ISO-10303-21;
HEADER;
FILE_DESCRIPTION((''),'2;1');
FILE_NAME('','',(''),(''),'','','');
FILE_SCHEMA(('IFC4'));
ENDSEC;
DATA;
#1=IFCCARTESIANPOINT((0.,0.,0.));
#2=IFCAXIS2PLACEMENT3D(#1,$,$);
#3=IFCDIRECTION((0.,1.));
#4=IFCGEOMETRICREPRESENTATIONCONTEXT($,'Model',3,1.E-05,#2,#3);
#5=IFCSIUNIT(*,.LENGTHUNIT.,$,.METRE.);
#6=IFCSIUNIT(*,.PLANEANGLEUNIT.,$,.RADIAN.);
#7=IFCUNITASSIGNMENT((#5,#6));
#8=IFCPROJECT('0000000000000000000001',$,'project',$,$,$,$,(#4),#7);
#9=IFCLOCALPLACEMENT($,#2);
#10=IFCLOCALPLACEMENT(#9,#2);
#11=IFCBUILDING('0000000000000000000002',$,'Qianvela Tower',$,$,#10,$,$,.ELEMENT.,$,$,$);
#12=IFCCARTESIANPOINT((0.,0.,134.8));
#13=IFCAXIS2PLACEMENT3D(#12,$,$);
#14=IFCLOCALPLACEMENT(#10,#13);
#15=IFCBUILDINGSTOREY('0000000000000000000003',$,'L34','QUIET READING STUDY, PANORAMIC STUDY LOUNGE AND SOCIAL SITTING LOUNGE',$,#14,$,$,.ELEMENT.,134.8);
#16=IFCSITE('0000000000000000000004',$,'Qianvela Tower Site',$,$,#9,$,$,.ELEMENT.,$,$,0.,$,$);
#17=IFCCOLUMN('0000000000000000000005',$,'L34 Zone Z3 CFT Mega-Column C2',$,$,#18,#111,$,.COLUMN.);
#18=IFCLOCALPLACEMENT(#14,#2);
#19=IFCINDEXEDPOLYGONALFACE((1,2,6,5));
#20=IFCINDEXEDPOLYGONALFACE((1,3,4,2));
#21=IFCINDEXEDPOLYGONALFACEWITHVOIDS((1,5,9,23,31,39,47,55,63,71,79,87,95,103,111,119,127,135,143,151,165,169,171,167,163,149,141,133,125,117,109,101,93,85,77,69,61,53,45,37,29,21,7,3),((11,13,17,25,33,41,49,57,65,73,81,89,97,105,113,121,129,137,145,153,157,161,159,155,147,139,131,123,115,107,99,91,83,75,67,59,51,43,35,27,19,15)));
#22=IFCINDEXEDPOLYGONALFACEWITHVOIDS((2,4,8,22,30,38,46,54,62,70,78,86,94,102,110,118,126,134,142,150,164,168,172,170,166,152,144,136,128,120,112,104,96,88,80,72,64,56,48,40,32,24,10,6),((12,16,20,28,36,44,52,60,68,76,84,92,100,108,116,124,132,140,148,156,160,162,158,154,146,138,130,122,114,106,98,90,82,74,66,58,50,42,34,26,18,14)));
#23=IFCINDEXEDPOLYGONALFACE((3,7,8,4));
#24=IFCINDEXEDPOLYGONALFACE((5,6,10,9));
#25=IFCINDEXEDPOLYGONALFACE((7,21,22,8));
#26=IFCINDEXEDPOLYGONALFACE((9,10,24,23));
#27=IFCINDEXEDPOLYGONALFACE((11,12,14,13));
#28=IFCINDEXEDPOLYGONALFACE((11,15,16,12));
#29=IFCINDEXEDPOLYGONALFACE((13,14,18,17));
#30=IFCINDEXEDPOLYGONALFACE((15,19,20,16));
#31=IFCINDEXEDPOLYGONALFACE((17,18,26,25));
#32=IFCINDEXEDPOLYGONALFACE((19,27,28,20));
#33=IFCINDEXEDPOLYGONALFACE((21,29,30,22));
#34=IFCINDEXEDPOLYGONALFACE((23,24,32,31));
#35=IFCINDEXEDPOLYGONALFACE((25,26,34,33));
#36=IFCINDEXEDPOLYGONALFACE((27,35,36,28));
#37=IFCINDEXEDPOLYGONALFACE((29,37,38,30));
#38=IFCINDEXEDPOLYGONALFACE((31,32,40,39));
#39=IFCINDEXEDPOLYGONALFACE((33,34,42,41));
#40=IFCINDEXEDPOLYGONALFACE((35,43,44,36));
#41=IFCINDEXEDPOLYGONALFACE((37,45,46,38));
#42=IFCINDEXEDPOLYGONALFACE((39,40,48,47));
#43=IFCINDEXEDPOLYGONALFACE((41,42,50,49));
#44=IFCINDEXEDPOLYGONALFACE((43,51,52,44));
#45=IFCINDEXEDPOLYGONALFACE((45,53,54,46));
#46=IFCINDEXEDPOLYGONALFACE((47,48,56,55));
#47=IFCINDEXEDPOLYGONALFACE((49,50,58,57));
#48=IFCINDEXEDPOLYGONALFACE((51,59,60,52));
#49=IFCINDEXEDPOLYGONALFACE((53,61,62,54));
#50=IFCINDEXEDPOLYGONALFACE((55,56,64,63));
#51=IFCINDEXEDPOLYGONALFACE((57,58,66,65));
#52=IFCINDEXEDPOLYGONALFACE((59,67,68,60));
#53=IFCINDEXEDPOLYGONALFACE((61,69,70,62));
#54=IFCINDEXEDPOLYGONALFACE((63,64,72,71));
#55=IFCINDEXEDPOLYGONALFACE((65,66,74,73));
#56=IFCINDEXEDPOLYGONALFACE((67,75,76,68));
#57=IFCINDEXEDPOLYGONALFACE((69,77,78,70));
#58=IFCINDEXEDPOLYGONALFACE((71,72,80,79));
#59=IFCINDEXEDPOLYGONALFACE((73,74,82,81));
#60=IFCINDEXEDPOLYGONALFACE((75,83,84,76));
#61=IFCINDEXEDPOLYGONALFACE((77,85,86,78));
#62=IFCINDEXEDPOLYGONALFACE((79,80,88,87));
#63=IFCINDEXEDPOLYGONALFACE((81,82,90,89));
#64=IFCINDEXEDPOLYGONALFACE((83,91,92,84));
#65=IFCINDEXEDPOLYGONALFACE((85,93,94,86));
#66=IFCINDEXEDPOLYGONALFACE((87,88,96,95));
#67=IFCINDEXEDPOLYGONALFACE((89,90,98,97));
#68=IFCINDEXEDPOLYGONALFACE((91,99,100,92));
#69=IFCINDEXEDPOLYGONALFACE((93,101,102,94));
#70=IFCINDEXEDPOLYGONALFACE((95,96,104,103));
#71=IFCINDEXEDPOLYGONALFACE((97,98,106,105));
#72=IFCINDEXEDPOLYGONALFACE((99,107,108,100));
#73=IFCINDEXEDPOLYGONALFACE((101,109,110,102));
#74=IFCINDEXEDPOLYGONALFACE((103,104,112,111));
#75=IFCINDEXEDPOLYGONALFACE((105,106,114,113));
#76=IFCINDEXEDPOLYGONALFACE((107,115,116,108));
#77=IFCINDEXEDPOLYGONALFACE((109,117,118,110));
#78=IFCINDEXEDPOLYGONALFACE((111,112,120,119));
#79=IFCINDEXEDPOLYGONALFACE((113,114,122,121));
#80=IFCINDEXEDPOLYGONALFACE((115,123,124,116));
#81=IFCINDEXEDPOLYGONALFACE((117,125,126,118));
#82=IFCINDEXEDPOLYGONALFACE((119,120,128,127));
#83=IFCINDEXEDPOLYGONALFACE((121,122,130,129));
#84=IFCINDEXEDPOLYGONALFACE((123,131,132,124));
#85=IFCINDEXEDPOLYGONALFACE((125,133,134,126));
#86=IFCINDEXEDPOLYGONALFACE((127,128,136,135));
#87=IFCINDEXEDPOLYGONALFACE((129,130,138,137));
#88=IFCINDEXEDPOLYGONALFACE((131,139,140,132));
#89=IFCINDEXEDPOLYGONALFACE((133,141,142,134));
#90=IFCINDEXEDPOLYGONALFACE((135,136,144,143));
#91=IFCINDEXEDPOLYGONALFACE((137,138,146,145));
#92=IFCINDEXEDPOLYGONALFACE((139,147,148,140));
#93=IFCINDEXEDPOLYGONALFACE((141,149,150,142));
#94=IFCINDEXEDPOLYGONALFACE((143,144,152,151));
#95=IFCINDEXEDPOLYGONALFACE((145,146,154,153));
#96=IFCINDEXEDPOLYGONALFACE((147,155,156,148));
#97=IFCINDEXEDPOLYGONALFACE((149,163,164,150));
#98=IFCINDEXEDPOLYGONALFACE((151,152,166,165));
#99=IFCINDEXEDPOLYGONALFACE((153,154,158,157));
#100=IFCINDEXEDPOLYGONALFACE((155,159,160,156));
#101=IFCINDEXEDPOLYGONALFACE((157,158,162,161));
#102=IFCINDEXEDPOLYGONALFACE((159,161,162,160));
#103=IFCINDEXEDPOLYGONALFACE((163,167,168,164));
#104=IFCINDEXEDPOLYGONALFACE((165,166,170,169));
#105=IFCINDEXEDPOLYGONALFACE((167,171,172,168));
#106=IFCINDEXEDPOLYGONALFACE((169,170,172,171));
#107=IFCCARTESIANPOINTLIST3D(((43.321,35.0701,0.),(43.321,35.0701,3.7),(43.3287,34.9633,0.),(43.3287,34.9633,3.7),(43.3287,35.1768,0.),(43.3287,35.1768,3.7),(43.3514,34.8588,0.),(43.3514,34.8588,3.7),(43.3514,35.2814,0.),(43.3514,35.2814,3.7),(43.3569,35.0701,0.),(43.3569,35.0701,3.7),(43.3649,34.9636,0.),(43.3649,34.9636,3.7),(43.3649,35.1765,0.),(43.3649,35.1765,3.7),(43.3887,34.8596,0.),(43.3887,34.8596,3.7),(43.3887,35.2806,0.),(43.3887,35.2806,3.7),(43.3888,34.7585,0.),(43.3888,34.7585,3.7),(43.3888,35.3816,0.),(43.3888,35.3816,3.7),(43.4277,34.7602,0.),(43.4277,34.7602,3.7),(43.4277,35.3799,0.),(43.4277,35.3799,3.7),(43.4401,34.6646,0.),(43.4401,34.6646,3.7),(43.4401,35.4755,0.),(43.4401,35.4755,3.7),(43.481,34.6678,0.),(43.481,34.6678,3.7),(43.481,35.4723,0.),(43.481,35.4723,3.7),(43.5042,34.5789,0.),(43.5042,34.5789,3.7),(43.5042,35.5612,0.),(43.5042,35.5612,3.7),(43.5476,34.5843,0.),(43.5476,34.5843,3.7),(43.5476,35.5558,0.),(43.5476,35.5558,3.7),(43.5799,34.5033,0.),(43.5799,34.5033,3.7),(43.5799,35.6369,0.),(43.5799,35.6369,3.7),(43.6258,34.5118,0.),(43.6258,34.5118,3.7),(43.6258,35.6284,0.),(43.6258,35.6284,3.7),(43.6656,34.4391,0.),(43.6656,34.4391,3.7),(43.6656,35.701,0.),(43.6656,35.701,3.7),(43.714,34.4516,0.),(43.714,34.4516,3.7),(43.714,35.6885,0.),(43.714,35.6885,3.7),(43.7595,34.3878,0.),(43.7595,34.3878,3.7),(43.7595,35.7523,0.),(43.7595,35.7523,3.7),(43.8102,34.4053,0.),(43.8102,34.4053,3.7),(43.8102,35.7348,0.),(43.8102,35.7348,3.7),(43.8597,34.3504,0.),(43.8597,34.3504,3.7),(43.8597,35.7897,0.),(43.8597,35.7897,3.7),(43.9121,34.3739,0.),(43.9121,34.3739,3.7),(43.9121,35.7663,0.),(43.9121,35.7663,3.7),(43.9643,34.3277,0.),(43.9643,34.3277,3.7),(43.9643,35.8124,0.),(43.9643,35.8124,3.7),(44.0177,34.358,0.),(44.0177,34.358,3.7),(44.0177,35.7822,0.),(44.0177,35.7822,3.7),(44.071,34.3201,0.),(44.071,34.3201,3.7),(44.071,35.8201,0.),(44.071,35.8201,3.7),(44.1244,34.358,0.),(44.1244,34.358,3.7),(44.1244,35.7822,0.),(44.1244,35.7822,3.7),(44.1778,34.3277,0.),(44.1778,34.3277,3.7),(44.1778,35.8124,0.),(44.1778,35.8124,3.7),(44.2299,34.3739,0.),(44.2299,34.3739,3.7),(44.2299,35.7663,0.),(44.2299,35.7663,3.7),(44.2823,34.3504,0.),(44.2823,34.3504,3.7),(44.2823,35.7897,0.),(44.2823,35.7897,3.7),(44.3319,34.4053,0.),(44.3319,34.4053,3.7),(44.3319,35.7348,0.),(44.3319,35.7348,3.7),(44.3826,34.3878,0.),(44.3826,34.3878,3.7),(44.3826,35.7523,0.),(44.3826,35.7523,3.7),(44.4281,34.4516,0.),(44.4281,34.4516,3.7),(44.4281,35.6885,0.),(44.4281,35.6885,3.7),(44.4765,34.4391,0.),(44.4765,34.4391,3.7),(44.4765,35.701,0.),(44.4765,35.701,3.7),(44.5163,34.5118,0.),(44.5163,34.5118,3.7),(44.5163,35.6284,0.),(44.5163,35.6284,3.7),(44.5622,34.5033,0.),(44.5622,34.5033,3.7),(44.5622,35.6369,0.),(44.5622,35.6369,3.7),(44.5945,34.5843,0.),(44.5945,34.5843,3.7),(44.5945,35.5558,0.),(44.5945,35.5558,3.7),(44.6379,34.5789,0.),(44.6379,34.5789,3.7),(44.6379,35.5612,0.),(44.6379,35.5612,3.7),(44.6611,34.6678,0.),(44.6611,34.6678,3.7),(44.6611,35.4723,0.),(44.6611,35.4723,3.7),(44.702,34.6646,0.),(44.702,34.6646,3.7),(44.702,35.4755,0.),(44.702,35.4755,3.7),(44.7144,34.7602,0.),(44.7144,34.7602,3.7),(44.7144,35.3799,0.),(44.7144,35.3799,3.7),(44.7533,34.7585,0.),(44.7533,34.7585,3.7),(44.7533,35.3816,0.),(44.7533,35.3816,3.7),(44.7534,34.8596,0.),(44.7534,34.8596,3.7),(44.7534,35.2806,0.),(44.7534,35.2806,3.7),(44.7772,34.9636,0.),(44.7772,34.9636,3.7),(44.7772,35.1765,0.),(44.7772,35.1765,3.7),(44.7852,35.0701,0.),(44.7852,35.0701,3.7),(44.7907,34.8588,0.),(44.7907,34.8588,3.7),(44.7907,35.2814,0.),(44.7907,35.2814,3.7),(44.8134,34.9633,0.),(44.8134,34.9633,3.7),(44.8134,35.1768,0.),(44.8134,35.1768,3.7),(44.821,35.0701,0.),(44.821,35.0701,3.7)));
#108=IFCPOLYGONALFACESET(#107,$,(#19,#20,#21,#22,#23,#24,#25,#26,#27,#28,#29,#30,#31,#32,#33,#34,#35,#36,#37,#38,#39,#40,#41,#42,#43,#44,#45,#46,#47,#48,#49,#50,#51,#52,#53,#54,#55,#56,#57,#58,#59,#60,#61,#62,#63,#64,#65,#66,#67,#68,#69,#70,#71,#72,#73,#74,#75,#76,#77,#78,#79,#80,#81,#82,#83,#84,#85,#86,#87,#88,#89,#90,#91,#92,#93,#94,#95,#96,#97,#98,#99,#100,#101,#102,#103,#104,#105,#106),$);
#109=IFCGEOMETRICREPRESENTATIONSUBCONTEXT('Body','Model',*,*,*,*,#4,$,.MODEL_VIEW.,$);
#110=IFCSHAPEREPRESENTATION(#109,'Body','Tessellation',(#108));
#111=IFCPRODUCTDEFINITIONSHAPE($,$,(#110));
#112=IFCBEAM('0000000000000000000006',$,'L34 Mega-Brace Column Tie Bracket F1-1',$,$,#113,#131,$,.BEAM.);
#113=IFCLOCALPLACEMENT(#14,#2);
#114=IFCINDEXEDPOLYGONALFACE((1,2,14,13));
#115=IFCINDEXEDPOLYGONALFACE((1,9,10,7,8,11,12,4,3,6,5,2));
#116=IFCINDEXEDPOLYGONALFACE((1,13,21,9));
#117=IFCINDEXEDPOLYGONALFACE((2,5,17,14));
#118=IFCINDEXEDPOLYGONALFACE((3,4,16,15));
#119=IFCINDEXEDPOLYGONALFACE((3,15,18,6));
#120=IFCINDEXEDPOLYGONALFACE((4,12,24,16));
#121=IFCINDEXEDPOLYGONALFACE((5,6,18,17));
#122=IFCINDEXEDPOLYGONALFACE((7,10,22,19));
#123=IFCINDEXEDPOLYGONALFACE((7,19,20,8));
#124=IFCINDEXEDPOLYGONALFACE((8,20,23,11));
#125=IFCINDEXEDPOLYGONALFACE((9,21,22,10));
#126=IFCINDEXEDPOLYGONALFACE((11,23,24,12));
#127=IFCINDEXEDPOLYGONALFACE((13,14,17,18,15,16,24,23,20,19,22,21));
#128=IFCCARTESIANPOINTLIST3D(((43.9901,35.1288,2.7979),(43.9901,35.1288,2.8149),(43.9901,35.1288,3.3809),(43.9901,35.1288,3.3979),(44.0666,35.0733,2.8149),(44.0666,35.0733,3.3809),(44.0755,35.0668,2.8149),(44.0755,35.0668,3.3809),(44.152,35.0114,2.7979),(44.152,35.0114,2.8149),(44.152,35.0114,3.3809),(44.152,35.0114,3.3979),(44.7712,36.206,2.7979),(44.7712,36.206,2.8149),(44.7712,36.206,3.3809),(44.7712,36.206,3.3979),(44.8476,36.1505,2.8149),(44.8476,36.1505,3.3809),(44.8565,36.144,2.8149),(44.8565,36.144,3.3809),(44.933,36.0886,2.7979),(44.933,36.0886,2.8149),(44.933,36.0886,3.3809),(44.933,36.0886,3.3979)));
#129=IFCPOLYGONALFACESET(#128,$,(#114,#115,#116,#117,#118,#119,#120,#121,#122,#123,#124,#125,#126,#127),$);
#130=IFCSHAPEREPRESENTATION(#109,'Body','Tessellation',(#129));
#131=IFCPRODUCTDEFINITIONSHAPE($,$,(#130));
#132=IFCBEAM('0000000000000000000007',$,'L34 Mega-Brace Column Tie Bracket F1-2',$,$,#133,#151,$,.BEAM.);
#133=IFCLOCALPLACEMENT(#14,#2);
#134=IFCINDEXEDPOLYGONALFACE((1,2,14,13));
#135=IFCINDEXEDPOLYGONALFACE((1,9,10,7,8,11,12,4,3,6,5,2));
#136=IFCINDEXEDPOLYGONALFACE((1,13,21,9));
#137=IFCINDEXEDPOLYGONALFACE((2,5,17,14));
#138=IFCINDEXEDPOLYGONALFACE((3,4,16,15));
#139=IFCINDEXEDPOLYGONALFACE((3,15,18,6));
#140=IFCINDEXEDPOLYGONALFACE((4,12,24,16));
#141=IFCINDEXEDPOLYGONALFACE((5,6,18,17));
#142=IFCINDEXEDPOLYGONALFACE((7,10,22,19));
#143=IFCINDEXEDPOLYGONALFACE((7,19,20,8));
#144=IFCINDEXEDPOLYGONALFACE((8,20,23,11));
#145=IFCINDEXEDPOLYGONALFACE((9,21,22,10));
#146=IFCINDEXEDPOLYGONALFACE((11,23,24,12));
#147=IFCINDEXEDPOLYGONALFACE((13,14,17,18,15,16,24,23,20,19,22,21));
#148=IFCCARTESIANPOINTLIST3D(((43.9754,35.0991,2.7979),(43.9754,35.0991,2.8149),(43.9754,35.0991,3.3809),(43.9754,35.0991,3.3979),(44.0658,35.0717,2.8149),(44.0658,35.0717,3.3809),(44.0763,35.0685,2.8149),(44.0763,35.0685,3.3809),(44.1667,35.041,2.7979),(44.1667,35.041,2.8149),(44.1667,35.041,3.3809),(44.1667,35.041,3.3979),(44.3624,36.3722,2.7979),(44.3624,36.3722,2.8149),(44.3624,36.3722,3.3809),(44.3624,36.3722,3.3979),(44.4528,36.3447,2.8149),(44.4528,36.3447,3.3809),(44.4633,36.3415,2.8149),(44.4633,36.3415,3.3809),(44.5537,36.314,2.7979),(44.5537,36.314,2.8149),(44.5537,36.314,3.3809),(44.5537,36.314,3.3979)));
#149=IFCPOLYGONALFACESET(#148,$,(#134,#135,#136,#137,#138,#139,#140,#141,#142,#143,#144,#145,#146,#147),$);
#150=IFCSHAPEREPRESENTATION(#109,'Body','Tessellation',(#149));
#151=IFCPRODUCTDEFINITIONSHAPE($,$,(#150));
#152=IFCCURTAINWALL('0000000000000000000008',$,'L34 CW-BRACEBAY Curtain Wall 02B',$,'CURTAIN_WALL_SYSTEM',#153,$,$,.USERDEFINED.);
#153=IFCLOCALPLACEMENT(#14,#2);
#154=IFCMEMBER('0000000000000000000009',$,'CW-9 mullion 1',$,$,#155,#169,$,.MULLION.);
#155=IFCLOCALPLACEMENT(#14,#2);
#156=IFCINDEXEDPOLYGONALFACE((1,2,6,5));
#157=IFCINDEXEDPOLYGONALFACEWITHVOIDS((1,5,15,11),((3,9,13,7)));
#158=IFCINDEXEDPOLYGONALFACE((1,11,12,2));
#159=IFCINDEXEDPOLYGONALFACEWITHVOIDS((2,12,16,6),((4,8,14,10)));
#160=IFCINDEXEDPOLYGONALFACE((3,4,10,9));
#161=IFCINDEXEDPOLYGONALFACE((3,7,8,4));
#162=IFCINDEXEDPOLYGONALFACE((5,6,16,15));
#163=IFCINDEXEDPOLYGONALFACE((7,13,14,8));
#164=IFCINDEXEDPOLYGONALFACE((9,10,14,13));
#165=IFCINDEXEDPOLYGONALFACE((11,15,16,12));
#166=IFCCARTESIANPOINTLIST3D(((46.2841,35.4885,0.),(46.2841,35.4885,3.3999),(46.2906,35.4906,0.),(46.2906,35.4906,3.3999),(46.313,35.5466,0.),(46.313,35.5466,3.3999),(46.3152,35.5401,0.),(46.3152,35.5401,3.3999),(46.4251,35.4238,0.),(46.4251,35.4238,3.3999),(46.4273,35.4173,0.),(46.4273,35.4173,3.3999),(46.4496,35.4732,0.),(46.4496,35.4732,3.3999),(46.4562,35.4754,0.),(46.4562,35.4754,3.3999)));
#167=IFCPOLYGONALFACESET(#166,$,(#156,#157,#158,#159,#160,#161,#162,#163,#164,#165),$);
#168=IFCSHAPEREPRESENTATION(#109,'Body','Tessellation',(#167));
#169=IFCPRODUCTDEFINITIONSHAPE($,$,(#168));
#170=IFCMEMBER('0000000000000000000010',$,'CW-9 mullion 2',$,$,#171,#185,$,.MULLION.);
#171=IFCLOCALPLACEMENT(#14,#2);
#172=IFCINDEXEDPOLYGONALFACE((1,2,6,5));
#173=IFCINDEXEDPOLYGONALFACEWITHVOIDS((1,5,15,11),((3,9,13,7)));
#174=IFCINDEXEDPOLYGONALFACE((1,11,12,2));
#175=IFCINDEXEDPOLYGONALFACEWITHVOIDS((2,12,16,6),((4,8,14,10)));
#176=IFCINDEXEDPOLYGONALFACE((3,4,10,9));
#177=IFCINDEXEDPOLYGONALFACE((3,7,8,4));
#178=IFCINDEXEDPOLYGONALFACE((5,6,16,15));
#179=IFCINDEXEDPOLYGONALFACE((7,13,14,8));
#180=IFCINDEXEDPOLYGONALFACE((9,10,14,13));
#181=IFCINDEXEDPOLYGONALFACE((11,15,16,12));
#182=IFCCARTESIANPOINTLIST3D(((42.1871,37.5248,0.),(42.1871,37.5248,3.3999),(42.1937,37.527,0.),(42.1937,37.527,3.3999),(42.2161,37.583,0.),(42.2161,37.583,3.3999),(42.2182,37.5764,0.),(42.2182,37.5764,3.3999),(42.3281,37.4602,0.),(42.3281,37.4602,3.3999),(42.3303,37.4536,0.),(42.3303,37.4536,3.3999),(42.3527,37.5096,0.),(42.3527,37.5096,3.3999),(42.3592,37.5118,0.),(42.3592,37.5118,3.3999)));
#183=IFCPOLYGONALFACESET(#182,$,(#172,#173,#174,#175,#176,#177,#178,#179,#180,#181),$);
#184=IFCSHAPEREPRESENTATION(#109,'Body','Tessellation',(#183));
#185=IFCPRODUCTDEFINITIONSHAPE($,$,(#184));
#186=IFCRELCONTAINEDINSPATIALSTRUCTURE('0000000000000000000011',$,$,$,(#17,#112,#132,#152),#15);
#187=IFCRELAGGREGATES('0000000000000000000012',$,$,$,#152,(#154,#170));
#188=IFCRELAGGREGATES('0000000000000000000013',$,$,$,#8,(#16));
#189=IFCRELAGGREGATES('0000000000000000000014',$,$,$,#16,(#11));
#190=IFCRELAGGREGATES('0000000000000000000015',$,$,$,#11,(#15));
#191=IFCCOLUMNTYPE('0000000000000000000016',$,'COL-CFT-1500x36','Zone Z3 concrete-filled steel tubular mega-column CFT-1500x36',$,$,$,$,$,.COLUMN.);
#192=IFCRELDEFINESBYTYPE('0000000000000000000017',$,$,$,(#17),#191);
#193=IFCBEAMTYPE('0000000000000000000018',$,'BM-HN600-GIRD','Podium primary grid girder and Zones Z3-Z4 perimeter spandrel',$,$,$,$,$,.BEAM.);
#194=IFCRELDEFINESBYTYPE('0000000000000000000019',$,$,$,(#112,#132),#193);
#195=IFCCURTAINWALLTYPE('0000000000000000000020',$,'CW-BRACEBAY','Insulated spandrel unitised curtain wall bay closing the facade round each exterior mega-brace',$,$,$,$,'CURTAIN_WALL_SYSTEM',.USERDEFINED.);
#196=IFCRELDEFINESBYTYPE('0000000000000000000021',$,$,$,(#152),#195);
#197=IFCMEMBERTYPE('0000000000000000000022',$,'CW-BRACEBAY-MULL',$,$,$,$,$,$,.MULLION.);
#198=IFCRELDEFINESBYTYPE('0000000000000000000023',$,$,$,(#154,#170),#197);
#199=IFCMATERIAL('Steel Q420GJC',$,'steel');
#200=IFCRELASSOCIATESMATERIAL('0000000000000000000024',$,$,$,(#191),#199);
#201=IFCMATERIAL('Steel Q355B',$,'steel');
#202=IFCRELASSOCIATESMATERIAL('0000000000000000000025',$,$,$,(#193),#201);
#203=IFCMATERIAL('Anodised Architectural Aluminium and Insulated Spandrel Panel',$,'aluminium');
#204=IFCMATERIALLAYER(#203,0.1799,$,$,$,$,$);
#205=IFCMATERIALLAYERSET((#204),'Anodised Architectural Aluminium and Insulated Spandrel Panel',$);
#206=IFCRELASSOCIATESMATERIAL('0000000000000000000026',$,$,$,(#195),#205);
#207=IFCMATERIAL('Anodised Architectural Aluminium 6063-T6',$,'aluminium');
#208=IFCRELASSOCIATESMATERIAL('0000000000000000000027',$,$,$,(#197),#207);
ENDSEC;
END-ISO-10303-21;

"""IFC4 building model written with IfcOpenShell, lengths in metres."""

from ifc_helpers import new_model, si_unit, direction, frame, origin, origin_2d, place, context, subcontext, project, spatial, hollow_rectangle, hollow_circle, i_section, extrude, material, layer, layer_set, material_profile, profile_set, type_object, element, aggregate, save


model = new_model("IFC4")

# Units and contexts
model_context = context("Model", 3, precision=1e-05, world=origin(), true_north=direction((0.0, 1.0)))
body_context = subcontext(model_context, "Body", "Model", "MODEL_VIEW")
ifc_project = project(units=[si_unit("LENGTHUNIT", "METRE"), si_unit("PLANEANGLEUNIT", "RADIAN")], contexts=[model_context])

# Site, building, storey
site_placement = place(None, origin())
site = spatial("IfcSite", under=ifc_project, at=site_placement, Name="Qianvela Tower Site", CompositionType="ELEMENT", RefElevation=0.0)
building_placement = place(site_placement, origin())
building = spatial("IfcBuilding", under=site, at=building_placement, Name="Qianvela Tower", CompositionType="ELEMENT")
storey_placement = place(building_placement, frame((0.0, 0.0, 134.8)))
storey = spatial("IfcBuildingStorey", under=building, at=storey_placement, Name="L34", Description="QUIET READING STUDY, PANORAMIC STUDY LOUNGE AND SOCIAL SITTING LOUNGE", CompositionType="ELEMENT", Elevation=134.8)

# Column
ifc_material_1 = material(Name="Steel Q420GJC", Category="steel")
ifc_material_profile_1 = material_profile(ifc_material_1, hollow_circle(Radius=0.75, WallThickness=0.0359, at=origin_2d()), Name="CFT-1500x36")
ifc_profile_set_1 = profile_set([ifc_material_profile_1], Name="Steel Q420GJC")
column_type = type_object("IfcColumnType", Name="COL-CFT-1500x36", Description="Zone Z3 concrete-filled steel tubular mega-column CFT-1500x36", PredefinedType="COLUMN", material=ifc_profile_set_1)
column_placement = place(storey_placement, frame((44.071, 35.0701, 0.0), z_axis=(0.0, 0.0, 1.0), x_axis=(1.0, 0.0, 0.0)))
element("IfcColumn", 1, at=column_placement, inside=storey, type_object=column_type, Name="L34 Zone Z3 CFT Mega-Column C2", PredefinedType="COLUMN", context=body_context, shape_type="SweptSolid", body=[
    extrude(hollow_circle(Radius=0.75, WallThickness=0.0359, at=origin_2d()), origin(), (0.0, 0.0, 1.0), 3.7),
])

# Beams
ifc_material_2 = material(Name="Steel Q355B", Category="steel")
ifc_material_profile_2 = material_profile(ifc_material_2, i_section(OverallWidth=0.2, OverallDepth=0.6001, WebThickness=0.011, FlangeThickness=0.0171, at=origin_2d()), Name="HN600x200x11x17")
ifc_profile_set_2 = profile_set([ifc_material_profile_2], Name="Steel Q355B")
beam_type = type_object("IfcBeamType", Name="BM-HN600-GIRD", Description="Podium primary grid girder and Zones Z3-Z4 perimeter spandrel", PredefinedType="BEAM", material=ifc_profile_set_2)
for number, where, z_axis, x_axis, name in (
    (2, (44.071, 35.0701, 3.0979), (0.587004, 0.809584, 0.0), (-0.809584, 0.587004, 0.0), "L34 Mega-Brace Column Tie Bracket F1-1"),
    (3, (44.071, 35.0701, 3.0979), (0.290848, 0.956769, 0.0), (-0.956769, 0.290848, 0.0), "L34 Mega-Brace Column Tie Bracket F1-2"),
):
    element("IfcBeam", number, at=place(storey_placement, frame(where, z_axis=z_axis, x_axis=x_axis)), inside=storey, type_object=beam_type, Name=name, PredefinedType="BEAM", context=body_context, shape_type="SweptSolid", body=[
        extrude(i_section(OverallWidth=0.2, OverallDepth=0.6001, WebThickness=0.011, FlangeThickness=0.0171, at=origin_2d()), origin(), (0.0, 0.0, 1.0), 1.3306),
    ])

# Curtain wall, members
ifc_material_3 = material(Name="Anodised Architectural Aluminium and Insulated Spandrel Panel", Category="aluminium")
ifc_layer_1 = layer(ifc_material_3, 0.1799)
ifc_layer_set_1 = layer_set([ifc_layer_1], Name="Anodised Architectural Aluminium and Insulated Spandrel Panel")
curtain_wall_type_1 = type_object("IfcCurtainWallType", Name="CW-BRACEBAY", Description="Insulated spandrel unitised curtain wall bay closing the facade round each exterior mega-brace", ElementType="CURTAIN_WALL_SYSTEM", PredefinedType="USERDEFINED", material=ifc_layer_set_1)
curtain_wall_1_placement = place(storey_placement, origin())
curtain_wall_1 = element("IfcCurtainWall", 4, at=curtain_wall_1_placement, inside=storey, type_object=curtain_wall_type_1, Name="L34 CW-BRACEBAY Curtain Wall 02B", ObjectType="CURTAIN_WALL_SYSTEM", PredefinedType="USERDEFINED")
ifc_material_4 = material(Name="Anodised Architectural Aluminium 6063-T6", Category="aluminium")
ifc_material_profile_3 = material_profile(ifc_material_4, hollow_rectangle(XDim=0.0649, YDim=0.1599, WallThickness=0.0049, at=origin_2d()), Name="ALU-MULL-65x160")
ifc_profile_set_3 = profile_set([ifc_material_profile_3], Name="Anodised Architectural Aluminium 6063-T6")
member_type_1 = type_object("IfcMemberType", Name="CW-BRACEBAY-MULL", PredefinedType="MULLION", material=ifc_profile_set_3)
member_1_placement = place(storey_placement, frame((46.3701, 35.4819, 0.0), z_axis=(0.0, 0.0, 1.0), x_axis=(-0.445152, -0.895455, 0.0)))
member_1 = element("IfcMember", 5, at=member_1_placement, type_object=member_type_1, Name="CW-9 mullion 1", PredefinedType="MULLION", context=body_context, shape_type="SweptSolid", body=[
    extrude(hollow_rectangle(XDim=0.0649, YDim=0.1599, WallThickness=0.0049, at=origin_2d()), origin(), (0.0, 0.0, 1.0), 3.3999),
])
member_2_placement = place(storey_placement, frame((42.2732, 37.5183, 0.0), z_axis=(0.0, 0.0, 1.0), x_axis=(-0.445152, -0.895455, 0.0)))
member_2 = element("IfcMember", 6, at=member_2_placement, type_object=member_type_1, Name="CW-9 mullion 2", PredefinedType="MULLION", context=body_context, shape_type="SweptSolid", body=[
    extrude(hollow_rectangle(XDim=0.0649, YDim=0.1599, WallThickness=0.0049, at=origin_2d()), origin(), (0.0, 0.0, 1.0), 3.3999),
])

aggregate(curtain_wall_1, [member_1, member_2])

save(model, "model.ifc")
